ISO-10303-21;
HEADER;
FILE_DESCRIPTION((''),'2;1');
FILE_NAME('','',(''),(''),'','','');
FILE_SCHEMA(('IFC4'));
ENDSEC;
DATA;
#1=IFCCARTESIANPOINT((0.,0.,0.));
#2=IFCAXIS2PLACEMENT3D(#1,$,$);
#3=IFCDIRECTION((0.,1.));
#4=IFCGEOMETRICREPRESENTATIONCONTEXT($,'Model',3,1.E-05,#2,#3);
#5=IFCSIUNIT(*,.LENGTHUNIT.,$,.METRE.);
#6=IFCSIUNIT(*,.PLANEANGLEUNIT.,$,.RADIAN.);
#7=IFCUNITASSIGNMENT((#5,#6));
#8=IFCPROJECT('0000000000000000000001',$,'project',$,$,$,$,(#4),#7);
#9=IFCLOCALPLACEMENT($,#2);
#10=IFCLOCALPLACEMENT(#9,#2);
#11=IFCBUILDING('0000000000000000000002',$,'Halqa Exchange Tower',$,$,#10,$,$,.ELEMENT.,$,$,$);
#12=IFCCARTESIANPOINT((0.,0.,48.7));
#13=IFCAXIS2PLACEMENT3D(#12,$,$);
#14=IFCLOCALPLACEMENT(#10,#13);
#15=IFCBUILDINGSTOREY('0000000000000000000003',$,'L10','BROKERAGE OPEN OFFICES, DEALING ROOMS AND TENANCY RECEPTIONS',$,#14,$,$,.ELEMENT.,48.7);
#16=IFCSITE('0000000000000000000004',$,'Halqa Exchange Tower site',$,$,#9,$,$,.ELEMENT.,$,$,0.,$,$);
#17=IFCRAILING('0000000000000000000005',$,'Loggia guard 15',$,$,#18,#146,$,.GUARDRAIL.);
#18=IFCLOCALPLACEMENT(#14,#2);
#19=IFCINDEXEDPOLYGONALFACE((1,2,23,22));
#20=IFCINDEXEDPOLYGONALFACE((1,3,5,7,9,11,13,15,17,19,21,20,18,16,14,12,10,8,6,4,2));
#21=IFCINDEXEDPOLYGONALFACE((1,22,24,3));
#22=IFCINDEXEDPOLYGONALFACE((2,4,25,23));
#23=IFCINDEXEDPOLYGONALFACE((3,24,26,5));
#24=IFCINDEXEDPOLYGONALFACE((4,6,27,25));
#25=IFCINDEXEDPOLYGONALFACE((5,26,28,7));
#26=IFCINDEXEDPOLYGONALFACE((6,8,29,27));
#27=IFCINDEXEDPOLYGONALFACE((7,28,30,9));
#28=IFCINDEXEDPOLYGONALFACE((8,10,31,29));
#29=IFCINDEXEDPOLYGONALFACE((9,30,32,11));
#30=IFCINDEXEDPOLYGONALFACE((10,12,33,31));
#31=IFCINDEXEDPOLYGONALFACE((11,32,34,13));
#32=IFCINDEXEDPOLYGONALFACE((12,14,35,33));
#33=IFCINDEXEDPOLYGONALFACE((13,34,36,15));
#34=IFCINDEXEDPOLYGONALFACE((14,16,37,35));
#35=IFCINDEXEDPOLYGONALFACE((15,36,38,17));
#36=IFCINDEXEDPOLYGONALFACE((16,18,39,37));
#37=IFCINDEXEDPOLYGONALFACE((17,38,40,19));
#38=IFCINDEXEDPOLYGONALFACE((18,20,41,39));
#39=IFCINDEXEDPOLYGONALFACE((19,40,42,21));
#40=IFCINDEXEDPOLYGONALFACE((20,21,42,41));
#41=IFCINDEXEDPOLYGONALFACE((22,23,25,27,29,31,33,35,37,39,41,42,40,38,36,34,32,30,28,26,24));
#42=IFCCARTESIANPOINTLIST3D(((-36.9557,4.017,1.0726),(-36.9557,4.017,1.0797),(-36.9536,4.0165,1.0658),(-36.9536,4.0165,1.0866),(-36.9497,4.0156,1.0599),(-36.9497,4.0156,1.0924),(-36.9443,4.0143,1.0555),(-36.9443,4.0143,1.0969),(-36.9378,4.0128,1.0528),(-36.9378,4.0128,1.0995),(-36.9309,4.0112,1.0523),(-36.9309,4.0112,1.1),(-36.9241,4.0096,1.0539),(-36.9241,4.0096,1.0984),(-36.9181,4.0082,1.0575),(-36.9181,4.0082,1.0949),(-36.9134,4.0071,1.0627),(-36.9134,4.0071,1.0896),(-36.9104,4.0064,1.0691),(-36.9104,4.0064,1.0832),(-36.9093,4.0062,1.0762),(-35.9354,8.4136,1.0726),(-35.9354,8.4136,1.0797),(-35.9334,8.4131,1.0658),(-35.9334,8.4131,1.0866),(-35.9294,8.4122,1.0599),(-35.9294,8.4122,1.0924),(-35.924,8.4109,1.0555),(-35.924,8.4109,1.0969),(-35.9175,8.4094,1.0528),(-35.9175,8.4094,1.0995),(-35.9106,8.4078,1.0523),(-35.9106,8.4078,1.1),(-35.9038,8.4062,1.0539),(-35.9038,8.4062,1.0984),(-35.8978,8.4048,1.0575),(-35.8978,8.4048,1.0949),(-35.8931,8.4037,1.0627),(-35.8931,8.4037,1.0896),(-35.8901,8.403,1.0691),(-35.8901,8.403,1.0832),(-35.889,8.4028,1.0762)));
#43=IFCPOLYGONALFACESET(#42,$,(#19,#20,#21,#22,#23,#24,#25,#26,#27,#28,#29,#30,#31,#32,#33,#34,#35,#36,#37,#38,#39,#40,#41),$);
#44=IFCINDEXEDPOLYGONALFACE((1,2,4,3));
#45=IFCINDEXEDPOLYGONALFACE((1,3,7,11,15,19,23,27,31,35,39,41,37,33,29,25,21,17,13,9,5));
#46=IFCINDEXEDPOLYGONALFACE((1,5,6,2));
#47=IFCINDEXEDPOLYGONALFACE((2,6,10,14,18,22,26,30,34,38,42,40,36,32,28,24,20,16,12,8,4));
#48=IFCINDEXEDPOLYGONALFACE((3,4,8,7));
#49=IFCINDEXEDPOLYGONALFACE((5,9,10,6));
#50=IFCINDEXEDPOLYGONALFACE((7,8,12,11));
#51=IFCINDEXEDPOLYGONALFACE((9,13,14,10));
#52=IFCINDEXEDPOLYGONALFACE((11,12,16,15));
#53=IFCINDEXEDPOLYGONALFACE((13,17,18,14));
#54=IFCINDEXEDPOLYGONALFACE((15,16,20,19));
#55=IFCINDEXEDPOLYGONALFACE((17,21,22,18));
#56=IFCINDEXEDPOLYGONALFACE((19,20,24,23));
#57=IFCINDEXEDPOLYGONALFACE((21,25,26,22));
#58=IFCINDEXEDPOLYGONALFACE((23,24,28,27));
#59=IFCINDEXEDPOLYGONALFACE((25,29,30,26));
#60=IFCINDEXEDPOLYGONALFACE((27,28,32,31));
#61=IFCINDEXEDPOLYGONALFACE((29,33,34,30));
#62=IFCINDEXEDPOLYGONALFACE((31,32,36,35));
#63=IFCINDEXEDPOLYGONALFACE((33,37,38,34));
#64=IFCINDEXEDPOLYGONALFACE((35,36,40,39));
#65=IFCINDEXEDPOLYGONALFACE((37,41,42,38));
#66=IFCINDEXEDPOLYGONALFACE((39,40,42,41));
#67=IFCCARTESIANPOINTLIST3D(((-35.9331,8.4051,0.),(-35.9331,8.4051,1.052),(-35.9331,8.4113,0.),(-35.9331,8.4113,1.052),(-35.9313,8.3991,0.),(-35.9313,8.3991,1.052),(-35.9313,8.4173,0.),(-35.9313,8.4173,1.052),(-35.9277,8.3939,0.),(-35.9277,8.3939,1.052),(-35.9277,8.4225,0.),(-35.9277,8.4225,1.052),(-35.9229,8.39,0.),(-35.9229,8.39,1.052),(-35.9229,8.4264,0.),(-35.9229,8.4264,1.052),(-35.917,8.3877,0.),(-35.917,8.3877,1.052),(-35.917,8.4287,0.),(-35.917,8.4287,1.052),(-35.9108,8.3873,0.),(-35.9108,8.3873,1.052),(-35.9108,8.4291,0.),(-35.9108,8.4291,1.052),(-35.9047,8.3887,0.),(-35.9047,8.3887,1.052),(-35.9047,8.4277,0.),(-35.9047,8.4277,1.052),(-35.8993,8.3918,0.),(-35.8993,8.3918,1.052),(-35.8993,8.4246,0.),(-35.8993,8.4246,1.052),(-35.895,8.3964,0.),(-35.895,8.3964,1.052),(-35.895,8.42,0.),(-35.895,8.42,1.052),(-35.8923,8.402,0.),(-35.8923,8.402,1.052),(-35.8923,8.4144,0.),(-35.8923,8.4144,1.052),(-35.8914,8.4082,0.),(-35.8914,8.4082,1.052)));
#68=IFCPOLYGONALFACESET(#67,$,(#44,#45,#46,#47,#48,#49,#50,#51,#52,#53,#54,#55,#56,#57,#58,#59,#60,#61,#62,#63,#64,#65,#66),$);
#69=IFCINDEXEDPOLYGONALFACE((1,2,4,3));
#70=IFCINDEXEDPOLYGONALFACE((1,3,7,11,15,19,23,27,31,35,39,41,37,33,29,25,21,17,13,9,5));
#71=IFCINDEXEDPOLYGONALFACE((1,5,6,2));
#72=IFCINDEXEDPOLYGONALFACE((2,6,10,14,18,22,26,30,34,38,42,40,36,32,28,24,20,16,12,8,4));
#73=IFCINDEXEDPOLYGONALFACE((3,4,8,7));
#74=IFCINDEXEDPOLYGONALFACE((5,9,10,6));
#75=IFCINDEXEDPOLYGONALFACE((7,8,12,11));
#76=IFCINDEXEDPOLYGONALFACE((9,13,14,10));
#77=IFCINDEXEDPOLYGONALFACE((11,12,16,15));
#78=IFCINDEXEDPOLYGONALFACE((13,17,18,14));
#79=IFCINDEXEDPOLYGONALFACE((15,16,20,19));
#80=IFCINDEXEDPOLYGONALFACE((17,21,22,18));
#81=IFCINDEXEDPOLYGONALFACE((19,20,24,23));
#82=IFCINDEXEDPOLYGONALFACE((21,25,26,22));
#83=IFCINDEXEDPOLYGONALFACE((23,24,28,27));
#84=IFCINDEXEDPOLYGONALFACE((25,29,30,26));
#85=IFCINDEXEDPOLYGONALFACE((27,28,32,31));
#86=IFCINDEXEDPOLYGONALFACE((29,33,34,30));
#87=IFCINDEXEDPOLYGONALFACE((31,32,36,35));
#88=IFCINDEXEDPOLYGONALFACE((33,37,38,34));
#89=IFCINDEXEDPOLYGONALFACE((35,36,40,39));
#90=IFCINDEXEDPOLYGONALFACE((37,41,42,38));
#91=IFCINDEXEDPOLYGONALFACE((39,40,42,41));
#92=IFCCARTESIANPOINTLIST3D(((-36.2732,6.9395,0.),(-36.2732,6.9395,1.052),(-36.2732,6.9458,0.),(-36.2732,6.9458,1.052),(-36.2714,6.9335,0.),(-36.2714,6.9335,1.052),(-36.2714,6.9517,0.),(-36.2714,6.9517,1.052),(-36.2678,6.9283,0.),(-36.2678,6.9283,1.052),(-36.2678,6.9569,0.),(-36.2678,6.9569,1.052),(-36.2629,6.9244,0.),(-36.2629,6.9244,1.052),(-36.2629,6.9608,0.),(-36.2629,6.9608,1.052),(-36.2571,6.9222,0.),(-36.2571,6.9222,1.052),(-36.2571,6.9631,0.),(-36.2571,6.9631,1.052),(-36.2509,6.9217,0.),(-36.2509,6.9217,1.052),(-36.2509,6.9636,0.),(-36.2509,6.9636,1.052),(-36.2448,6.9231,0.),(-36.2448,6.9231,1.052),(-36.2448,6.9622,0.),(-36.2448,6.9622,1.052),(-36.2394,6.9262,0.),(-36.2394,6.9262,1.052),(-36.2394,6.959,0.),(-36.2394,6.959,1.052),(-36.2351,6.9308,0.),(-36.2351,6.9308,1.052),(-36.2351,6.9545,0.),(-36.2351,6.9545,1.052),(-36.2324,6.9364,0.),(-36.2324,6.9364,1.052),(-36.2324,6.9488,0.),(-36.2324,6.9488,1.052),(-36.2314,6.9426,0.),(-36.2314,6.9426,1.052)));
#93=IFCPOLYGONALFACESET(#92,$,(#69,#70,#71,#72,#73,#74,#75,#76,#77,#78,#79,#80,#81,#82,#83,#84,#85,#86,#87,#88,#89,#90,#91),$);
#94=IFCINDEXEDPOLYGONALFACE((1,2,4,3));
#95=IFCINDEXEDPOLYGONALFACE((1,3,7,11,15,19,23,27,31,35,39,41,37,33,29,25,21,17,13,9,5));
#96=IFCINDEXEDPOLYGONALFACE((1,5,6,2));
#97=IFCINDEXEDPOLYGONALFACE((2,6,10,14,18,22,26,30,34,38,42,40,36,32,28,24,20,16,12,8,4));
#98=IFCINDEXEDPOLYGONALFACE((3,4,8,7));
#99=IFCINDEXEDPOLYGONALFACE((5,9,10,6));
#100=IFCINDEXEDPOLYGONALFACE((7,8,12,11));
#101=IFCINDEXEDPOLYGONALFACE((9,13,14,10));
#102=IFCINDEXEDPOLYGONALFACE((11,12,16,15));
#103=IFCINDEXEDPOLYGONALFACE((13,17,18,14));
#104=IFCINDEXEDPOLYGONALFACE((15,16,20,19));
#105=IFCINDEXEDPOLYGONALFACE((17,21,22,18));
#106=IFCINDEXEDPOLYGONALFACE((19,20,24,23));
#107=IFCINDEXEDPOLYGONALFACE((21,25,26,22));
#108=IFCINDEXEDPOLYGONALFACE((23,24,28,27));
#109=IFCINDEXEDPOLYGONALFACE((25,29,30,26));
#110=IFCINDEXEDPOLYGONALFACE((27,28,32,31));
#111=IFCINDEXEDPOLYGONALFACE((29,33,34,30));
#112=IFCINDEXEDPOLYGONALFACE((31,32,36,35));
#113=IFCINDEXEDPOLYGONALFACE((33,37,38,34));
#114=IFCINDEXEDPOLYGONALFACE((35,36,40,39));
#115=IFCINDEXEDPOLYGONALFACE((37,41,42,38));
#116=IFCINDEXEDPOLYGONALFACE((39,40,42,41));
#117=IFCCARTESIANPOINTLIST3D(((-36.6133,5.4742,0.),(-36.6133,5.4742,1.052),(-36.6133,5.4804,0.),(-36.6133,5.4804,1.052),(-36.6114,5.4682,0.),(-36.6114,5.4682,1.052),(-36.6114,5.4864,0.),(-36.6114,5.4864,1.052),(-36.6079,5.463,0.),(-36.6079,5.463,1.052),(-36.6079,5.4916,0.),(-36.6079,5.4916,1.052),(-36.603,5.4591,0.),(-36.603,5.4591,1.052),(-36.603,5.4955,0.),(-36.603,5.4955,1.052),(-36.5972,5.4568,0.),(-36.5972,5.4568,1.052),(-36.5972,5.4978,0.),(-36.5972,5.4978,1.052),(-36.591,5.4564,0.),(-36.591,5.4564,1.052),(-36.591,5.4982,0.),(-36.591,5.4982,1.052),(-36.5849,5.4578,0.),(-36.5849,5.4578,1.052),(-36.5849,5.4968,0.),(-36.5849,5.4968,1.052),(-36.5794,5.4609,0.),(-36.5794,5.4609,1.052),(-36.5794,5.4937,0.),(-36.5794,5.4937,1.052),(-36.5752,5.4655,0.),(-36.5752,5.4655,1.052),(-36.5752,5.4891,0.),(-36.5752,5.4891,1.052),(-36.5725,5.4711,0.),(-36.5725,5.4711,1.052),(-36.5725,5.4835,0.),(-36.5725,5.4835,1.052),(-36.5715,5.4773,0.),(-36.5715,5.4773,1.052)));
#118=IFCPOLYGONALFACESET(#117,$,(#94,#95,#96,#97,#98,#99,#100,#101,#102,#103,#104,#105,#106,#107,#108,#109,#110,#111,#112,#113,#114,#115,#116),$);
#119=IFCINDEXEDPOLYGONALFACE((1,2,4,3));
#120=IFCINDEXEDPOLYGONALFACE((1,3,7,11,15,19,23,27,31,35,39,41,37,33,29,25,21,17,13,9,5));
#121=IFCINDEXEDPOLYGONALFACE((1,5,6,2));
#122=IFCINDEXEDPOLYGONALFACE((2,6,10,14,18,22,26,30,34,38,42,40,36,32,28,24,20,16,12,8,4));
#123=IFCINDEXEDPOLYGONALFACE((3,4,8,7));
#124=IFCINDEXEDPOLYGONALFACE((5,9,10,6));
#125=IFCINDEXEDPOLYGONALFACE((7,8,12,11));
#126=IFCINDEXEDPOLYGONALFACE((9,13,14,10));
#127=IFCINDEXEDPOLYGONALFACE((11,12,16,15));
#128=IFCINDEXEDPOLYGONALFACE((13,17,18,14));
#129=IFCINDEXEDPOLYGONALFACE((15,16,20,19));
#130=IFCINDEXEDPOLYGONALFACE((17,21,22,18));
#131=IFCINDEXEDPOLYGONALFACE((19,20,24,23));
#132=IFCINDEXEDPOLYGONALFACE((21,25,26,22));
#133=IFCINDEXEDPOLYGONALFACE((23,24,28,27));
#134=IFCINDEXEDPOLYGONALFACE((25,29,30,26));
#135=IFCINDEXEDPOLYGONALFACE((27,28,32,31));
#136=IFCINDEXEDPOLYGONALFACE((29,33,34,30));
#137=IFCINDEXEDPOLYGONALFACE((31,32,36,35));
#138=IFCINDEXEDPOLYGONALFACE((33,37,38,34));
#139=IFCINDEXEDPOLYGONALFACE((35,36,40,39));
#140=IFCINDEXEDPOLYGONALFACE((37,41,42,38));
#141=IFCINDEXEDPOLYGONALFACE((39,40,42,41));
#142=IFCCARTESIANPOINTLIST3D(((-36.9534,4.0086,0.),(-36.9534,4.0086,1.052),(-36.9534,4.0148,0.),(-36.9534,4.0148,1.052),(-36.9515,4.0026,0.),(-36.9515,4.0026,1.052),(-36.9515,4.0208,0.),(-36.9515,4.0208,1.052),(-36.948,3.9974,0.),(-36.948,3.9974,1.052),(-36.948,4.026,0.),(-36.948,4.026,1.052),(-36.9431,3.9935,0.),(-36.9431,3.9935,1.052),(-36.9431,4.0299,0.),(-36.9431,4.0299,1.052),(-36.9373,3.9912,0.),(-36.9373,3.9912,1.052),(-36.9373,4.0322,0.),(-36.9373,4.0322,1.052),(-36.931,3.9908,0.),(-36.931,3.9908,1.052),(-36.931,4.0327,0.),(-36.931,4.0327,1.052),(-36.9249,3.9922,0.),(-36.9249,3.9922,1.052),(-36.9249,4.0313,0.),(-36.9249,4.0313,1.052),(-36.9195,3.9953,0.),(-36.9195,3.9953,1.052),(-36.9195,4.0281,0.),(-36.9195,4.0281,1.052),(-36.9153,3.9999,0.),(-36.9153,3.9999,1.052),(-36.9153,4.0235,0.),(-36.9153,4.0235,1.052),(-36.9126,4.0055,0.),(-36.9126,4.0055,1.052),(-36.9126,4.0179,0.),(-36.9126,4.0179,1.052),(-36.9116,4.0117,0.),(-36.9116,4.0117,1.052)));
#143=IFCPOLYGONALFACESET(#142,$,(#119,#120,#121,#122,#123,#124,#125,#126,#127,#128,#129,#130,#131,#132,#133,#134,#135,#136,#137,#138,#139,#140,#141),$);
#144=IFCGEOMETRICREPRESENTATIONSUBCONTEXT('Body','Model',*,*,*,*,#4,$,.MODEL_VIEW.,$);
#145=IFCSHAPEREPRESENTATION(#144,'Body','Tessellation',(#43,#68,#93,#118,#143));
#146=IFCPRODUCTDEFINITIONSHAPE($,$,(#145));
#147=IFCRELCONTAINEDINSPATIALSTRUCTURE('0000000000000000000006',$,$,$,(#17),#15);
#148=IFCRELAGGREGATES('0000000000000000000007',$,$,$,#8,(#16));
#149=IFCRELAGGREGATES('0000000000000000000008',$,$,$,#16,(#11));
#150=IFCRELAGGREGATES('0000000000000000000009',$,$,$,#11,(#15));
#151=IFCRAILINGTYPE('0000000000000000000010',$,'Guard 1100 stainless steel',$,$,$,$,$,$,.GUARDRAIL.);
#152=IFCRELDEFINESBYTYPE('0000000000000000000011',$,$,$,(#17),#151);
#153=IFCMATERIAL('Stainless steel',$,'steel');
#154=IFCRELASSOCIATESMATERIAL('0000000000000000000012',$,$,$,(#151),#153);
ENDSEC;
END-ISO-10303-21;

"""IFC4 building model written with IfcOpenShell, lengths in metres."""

from ifc_helpers import new_model, si_unit, direction, frame, origin, origin_2d, place, context, subcontext, project, spatial, circle, extrude, material, type_object, element, save


model = new_model("IFC4")

# Units and contexts
model_context = context("Model", 3, precision=1e-05, world=origin(), true_north=direction((0.0, 1.0)))
body_context = subcontext(model_context, "Body", "Model", "MODEL_VIEW")
ifc_project = project(units=[si_unit("LENGTHUNIT", "METRE"), si_unit("PLANEANGLEUNIT", "RADIAN")], contexts=[model_context])

# Site, building, storey
site_placement = place(None, origin())
site = spatial("IfcSite", under=ifc_project, at=site_placement, Name="Halqa Exchange Tower site", CompositionType="ELEMENT", RefElevation=0.0)
building_placement = place(site_placement, origin())
building = spatial("IfcBuilding", under=site, at=building_placement, Name="Halqa Exchange Tower", CompositionType="ELEMENT")
storey_placement = place(building_placement, frame((0.0, 0.0, 48.7)))
storey = spatial("IfcBuildingStorey", under=building, at=storey_placement, Name="L10", Description="BROKERAGE OPEN OFFICES, DEALING ROOMS AND TENANCY RECEPTIONS", CompositionType="ELEMENT", Elevation=48.7)

# Railing
ifc_material_1 = material(Name="Stainless steel", Category="steel")
railing_type = type_object("IfcRailingType", Name="Guard 1100 stainless steel", PredefinedType="GUARDRAIL", material=ifc_material_1)
railing_1_placement = place(storey_placement, frame((-35.9124, 8.4082, 0.0)))
element("IfcRailing", 1, at=railing_1_placement, inside=storey, type_object=railing_type, Name="Loggia guard 15", PredefinedType="GUARDRAIL", context=body_context, shape_type="SweptSolid", body=[
    extrude(circle(Radius=0.0239, at=origin_2d()), frame((0.0, 0.0, 1.0762), z_axis=(-0.226056, -0.974114, 0.0), x_axis=(0.974114, -0.226056, 0.0)), (0.0, 0.0, 1.0), 4.5134),
    extrude(circle(Radius=0.021, at=origin_2d()), origin(), (0.0, 0.0, 1.0), 1.052),
    extrude(circle(Radius=0.021, at=origin_2d()), frame((-0.3401, -1.4656, 0.0)), (0.0, 0.0, 1.0), 1.052),
    extrude(circle(Radius=0.021, at=origin_2d()), frame((-0.6802, -2.9309, 0.0)), (0.0, 0.0, 1.0), 1.052),
    extrude(circle(Radius=0.021, at=origin_2d()), frame((-1.0203, -4.3965, 0.0)), (0.0, 0.0, 1.0), 1.052),
])

save(model, "model.ifc")
